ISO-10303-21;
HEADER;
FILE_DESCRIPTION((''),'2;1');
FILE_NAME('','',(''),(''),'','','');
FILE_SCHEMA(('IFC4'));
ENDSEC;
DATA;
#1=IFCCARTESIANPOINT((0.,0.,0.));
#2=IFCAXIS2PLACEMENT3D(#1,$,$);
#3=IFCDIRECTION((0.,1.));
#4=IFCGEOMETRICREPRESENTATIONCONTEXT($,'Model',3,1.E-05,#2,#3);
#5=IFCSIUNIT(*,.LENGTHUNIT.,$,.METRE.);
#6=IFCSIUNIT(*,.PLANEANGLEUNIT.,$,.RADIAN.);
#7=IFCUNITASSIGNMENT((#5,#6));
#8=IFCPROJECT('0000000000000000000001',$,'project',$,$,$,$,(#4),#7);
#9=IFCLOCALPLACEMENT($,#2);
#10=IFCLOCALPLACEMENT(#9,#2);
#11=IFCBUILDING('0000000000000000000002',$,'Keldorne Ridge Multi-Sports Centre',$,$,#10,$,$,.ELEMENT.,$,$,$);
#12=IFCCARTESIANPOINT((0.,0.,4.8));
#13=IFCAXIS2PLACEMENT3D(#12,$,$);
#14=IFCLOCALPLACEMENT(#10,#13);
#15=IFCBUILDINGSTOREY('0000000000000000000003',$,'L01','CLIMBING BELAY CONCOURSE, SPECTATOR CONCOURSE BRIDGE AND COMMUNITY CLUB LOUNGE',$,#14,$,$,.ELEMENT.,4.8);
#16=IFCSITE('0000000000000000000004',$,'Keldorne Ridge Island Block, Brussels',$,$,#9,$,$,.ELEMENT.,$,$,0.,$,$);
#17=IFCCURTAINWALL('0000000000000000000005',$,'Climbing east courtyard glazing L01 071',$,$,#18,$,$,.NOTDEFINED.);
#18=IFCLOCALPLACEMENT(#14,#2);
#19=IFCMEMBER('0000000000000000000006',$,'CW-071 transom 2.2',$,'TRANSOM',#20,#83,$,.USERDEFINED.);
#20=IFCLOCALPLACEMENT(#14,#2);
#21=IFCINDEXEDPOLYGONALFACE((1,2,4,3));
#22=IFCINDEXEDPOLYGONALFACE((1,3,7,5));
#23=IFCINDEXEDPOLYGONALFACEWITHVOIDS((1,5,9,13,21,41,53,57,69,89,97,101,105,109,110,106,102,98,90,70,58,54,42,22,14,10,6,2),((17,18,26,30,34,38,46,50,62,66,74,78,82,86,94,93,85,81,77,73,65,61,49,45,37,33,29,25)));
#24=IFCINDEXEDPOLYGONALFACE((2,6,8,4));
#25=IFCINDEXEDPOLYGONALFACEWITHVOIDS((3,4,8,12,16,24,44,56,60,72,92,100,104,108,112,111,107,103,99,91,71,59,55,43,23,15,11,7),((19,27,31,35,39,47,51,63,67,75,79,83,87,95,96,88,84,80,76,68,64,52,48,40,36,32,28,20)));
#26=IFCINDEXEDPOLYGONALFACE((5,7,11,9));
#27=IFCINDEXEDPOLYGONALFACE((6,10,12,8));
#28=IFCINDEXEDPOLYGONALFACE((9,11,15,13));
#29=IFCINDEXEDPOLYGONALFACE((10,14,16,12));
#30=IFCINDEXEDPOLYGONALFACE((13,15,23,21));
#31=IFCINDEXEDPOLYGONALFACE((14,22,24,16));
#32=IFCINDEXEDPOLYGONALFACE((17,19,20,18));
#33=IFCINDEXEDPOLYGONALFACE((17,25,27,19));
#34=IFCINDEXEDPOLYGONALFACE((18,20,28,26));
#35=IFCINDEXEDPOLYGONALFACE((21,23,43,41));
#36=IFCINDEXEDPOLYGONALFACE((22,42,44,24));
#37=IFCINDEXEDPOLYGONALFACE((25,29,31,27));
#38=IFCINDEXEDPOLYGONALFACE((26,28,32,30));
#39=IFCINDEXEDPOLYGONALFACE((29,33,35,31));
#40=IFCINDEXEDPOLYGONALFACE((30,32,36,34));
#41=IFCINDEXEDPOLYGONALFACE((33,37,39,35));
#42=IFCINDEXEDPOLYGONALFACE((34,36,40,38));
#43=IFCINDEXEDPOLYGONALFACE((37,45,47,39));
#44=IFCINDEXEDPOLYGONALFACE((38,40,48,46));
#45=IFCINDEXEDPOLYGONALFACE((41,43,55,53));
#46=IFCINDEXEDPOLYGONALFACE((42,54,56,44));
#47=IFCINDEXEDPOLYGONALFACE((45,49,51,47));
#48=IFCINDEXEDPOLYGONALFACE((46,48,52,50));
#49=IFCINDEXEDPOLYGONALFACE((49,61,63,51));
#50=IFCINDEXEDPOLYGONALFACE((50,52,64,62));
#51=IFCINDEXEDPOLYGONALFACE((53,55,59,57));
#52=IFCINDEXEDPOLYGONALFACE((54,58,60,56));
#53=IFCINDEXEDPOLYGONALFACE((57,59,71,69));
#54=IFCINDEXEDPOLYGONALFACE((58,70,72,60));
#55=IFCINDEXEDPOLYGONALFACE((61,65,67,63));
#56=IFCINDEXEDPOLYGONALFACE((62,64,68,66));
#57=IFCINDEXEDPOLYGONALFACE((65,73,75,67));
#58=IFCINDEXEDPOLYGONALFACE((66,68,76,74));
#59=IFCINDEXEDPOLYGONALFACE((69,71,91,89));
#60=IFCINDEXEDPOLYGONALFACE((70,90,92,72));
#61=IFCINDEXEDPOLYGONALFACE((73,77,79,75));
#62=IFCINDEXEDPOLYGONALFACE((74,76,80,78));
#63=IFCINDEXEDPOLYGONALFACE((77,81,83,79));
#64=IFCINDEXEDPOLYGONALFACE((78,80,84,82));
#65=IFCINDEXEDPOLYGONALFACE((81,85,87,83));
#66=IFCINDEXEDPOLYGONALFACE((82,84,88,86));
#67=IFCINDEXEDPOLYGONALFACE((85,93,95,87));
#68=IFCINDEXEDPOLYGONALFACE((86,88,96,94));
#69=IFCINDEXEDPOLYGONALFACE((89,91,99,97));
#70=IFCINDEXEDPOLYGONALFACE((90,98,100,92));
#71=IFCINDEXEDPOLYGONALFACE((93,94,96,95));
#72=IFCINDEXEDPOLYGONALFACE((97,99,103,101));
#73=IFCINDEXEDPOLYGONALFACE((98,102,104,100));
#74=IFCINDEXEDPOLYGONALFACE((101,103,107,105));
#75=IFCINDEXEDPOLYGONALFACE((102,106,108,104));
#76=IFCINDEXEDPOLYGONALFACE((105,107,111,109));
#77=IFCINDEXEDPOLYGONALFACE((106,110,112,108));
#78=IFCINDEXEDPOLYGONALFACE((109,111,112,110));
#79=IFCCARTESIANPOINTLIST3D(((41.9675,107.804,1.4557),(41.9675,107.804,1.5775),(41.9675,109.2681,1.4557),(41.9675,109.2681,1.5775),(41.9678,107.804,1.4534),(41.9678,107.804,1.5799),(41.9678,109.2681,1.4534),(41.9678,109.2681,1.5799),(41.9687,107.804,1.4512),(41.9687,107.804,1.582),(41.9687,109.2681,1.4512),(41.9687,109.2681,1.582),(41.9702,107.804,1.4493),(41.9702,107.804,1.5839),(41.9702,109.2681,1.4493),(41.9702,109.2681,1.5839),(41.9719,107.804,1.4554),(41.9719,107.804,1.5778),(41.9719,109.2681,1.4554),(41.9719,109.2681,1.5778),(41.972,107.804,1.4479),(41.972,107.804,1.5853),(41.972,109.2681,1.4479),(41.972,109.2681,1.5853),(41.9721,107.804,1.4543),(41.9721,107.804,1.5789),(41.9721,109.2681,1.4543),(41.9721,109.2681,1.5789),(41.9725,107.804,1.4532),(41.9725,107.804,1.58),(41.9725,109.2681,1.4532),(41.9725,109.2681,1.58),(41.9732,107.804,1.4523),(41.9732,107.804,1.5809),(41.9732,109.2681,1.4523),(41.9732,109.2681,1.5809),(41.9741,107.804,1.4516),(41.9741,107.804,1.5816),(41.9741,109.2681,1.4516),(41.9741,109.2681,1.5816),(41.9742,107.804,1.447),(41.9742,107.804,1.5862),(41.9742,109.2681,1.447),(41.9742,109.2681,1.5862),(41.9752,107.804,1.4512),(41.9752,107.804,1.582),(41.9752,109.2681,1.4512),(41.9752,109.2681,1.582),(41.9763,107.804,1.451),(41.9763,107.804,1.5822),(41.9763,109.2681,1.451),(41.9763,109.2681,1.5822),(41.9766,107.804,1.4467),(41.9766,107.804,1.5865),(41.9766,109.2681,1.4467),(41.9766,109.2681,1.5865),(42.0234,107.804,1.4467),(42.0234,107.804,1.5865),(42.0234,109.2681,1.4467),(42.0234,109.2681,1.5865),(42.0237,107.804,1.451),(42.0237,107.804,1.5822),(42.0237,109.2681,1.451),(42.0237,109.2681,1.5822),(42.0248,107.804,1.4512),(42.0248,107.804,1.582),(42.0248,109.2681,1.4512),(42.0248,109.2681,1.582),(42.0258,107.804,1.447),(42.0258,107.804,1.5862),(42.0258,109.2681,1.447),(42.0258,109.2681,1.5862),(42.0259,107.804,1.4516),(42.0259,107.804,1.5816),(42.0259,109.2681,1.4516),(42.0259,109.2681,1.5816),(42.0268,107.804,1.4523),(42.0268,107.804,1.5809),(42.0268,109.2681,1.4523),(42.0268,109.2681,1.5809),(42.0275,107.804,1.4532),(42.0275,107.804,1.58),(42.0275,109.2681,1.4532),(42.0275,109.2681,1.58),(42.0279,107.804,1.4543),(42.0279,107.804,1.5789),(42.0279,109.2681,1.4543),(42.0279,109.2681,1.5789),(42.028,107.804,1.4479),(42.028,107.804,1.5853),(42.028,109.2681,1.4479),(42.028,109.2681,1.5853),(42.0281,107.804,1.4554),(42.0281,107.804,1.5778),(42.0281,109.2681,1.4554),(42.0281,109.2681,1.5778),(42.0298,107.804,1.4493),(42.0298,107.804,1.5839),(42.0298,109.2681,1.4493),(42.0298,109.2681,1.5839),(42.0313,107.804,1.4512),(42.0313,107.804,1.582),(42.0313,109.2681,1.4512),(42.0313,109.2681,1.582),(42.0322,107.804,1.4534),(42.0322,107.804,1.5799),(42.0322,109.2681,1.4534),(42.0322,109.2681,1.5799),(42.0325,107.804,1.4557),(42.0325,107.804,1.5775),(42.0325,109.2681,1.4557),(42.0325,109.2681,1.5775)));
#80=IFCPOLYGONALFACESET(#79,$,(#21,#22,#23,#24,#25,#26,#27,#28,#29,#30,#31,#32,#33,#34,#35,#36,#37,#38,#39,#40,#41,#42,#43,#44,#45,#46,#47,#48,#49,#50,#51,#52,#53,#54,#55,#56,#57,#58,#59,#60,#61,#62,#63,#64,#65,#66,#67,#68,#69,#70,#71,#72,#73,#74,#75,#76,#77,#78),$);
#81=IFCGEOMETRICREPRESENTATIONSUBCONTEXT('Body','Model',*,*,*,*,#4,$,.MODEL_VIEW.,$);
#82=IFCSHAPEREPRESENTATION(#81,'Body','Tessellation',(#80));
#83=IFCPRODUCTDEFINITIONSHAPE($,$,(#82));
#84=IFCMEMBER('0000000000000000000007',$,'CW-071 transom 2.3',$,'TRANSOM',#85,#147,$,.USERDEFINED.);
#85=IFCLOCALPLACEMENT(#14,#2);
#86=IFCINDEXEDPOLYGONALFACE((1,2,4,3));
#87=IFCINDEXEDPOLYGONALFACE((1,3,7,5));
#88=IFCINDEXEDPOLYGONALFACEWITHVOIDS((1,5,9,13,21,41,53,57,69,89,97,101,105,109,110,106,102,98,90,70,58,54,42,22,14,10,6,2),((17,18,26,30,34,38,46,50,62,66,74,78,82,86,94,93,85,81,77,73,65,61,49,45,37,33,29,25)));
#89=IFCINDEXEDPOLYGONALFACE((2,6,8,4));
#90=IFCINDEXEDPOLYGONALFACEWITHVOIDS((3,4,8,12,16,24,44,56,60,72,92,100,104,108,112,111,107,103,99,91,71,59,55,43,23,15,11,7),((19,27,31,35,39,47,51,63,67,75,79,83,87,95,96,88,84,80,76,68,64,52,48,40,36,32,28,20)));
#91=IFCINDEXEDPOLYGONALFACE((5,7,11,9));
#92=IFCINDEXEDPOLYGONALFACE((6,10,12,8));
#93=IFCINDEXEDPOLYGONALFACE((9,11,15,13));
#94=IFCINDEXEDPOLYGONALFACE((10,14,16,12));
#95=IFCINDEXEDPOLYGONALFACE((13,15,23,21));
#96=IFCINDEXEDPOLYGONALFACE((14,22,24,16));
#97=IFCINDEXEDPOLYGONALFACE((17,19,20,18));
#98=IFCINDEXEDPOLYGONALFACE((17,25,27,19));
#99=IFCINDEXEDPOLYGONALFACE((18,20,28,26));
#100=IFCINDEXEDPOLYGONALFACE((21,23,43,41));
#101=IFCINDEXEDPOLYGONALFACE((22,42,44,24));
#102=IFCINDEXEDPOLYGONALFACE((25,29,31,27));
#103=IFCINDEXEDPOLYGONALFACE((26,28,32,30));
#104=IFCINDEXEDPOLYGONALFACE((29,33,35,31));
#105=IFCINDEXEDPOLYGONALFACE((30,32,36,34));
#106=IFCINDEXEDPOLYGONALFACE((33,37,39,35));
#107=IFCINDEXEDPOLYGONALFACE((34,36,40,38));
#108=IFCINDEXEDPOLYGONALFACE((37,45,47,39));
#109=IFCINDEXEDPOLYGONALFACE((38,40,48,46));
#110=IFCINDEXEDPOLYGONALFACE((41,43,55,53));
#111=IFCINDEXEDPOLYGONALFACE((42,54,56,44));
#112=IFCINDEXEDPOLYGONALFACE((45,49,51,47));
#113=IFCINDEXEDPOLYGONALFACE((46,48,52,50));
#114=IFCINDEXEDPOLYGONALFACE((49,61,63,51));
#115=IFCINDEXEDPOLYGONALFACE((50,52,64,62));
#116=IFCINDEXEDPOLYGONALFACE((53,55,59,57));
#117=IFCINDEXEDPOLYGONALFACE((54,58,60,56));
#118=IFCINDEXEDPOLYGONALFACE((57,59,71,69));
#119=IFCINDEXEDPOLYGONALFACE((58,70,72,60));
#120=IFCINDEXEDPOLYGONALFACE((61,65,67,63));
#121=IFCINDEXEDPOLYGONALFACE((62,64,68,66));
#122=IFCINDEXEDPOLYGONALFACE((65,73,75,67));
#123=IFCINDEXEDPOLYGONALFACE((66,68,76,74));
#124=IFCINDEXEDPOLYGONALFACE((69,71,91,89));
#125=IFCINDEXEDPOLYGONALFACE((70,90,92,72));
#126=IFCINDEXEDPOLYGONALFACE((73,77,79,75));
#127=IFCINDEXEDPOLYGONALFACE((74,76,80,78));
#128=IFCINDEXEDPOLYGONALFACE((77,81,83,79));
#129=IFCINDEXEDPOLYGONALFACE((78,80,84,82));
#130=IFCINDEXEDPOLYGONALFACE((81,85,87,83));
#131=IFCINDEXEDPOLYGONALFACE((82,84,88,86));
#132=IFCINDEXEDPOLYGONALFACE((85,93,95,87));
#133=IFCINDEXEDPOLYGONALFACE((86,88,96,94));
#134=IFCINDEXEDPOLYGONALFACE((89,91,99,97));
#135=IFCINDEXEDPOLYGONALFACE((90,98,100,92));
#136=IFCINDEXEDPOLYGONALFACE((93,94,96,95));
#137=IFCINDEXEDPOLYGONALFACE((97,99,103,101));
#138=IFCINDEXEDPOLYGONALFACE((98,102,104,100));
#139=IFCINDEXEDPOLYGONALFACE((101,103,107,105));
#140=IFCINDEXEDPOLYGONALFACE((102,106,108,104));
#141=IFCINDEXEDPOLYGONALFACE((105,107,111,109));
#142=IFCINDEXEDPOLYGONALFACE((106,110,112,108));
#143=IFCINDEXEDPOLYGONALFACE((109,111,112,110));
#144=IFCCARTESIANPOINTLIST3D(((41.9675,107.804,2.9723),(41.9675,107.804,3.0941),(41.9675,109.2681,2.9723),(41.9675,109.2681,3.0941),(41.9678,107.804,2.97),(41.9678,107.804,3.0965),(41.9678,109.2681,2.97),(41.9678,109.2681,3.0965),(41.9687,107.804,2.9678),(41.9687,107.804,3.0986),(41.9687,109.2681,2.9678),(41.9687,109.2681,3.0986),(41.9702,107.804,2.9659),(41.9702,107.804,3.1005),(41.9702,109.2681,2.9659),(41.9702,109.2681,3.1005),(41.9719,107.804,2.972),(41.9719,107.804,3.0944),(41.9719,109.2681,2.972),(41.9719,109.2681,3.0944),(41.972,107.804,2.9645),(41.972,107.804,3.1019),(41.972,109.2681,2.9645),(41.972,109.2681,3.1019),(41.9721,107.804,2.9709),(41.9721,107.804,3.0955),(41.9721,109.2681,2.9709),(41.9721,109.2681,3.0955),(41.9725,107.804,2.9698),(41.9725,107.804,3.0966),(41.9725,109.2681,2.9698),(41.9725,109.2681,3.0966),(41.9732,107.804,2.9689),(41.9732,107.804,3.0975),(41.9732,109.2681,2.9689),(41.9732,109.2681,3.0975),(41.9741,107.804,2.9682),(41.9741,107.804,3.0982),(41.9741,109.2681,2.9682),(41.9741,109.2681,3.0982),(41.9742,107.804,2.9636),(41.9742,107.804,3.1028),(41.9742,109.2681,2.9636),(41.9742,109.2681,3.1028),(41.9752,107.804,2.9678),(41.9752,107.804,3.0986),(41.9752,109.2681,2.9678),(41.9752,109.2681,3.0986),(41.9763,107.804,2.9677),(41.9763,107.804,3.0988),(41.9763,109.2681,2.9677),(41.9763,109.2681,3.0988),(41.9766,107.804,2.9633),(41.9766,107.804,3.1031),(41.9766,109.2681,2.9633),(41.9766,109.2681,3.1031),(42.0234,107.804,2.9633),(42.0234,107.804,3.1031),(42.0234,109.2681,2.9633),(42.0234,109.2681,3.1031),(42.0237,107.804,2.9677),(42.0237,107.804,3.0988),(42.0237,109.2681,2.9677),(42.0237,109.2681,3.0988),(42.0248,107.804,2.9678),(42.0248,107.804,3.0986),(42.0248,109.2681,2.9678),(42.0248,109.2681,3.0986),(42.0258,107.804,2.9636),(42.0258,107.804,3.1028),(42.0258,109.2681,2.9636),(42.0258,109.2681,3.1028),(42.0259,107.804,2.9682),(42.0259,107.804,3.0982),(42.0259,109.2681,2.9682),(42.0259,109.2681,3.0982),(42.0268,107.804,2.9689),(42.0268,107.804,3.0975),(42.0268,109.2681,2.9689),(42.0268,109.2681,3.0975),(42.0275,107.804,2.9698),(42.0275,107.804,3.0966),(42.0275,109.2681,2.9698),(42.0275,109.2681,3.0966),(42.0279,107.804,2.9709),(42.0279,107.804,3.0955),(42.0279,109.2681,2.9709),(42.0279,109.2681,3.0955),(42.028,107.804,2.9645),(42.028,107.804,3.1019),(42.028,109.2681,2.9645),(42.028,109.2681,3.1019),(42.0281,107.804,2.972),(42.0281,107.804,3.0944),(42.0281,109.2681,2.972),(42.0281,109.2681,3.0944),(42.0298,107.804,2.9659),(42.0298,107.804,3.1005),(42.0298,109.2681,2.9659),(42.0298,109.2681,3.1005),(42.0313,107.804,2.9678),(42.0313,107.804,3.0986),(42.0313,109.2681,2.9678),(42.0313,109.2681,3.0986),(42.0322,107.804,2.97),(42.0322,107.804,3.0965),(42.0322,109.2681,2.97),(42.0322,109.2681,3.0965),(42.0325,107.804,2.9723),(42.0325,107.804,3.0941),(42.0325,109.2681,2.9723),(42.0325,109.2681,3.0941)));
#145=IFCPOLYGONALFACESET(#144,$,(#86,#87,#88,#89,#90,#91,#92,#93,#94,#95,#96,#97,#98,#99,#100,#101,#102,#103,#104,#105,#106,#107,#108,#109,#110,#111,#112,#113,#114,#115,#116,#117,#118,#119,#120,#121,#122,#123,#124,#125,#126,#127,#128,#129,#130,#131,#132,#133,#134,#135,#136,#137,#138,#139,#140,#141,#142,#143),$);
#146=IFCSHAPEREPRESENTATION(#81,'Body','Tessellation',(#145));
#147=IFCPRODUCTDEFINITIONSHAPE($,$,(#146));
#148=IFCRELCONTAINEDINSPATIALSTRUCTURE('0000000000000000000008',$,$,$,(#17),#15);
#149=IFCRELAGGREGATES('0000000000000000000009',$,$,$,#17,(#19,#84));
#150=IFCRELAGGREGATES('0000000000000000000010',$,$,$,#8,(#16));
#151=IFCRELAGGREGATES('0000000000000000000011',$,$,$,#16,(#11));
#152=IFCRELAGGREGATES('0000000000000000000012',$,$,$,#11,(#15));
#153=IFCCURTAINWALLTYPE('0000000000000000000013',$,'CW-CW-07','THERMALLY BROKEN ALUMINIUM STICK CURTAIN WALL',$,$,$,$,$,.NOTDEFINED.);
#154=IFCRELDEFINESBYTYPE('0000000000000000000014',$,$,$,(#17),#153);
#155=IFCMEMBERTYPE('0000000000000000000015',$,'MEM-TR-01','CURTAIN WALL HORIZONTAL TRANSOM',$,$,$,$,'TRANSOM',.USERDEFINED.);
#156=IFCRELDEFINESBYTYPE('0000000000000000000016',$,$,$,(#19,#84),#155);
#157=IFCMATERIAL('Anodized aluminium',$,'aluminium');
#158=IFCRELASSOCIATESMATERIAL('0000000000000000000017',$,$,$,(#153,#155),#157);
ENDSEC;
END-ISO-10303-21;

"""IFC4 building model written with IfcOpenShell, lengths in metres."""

from ifc_helpers import new_model, si_unit, direction, frame, origin, origin_2d, place, context, subcontext, project, spatial, hollow_rectangle, extrude, material, material_profile, profile_set, type_object, element, aggregate, save


model = new_model("IFC4")

# Units and contexts
model_context = context("Model", 3, precision=1e-05, world=origin(), true_north=direction((0.0, 1.0)))
body_context = subcontext(model_context, "Body", "Model", "MODEL_VIEW")
ifc_project = project(units=[si_unit("LENGTHUNIT", "METRE"), si_unit("PLANEANGLEUNIT", "RADIAN")], contexts=[model_context])

# Site, building, storey
site_placement = place(None, origin())
site = spatial("IfcSite", under=ifc_project, at=site_placement, Name="Keldorne Ridge Island Block, Brussels", CompositionType="ELEMENT", RefElevation=0.0)
building_placement = place(site_placement, origin())
building = spatial("IfcBuilding", under=site, at=building_placement, Name="Keldorne Ridge Multi-Sports Centre", CompositionType="ELEMENT")
storey_placement = place(building_placement, frame((0.0, 0.0, 4.8)))
storey = spatial("IfcBuildingStorey", under=building, at=storey_placement, Name="L01", Description="CLIMBING BELAY CONCOURSE, SPECTATOR CONCOURSE BRIDGE AND COMMUNITY CLUB LOUNGE", CompositionType="ELEMENT", Elevation=4.8)

# Curtain wall
ifc_material_1 = material(Name="Anodized aluminium", Category="aluminium")
curtain_wall_type_1 = type_object("IfcCurtainWallType", Name="CW-CW-07", Description="THERMALLY BROKEN ALUMINIUM STICK CURTAIN WALL", PredefinedType="NOTDEFINED", material=ifc_material_1)
curtain_wall_1_placement = place(storey_placement, origin())
curtain_wall_1 = element("IfcCurtainWall", 1, at=curtain_wall_1_placement, inside=storey, type_object=curtain_wall_type_1, Name="Climbing east courtyard glazing L01 071", PredefinedType="NOTDEFINED")

# Members
ifc_material_profile_1 = material_profile(ifc_material_1, hollow_rectangle(XDim=0.0649, YDim=0.1399, WallThickness=0.0044, InnerFilletRadius=0.0044, OuterFilletRadius=0.009, at=origin_2d()), Name="ALU TRANSOM 140x65x4.5")
ifc_profile_set_1 = profile_set([ifc_material_profile_1], Name="Anodized aluminium")
member_type_1 = type_object("IfcMemberType", Name="MEM-TR-01", Description="CURTAIN WALL HORIZONTAL TRANSOM", ElementType="TRANSOM", PredefinedType="USERDEFINED", material=ifc_profile_set_1)
member_1_placement = place(storey_placement, frame((42.0, 107.804, 1.5166), z_axis=(0.0, 1.0, 0.0), x_axis=(-1.0, 0.0, 0.0)))
member_1 = element("IfcMember", 2, at=member_1_placement, type_object=member_type_1, Name="CW-071 transom 2.2", ObjectType="TRANSOM", PredefinedType="USERDEFINED", context=body_context, shape_type="SweptSolid", body=[
    extrude(hollow_rectangle(XDim=0.0649, YDim=0.1399, WallThickness=0.0044, InnerFilletRadius=0.0044, OuterFilletRadius=0.009, at=origin_2d()), origin(), (0.0, 0.0, 1.0), 1.4641),
])
member_2_placement = place(storey_placement, frame((42.0, 107.804, 3.0332), z_axis=(0.0, 1.0, 0.0), x_axis=(-1.0, 0.0, 0.0)))
member_2 = element("IfcMember", 3, at=member_2_placement, type_object=member_type_1, Name="CW-071 transom 2.3", ObjectType="TRANSOM", PredefinedType="USERDEFINED", context=body_context, shape_type="SweptSolid", body=[
    extrude(hollow_rectangle(XDim=0.0649, YDim=0.1399, WallThickness=0.0044, InnerFilletRadius=0.0044, OuterFilletRadius=0.009, at=origin_2d()), origin(), (0.0, 0.0, 1.0), 1.4641),
])

aggregate(curtain_wall_1, [member_1, member_2])

save(model, "model.ifc")
